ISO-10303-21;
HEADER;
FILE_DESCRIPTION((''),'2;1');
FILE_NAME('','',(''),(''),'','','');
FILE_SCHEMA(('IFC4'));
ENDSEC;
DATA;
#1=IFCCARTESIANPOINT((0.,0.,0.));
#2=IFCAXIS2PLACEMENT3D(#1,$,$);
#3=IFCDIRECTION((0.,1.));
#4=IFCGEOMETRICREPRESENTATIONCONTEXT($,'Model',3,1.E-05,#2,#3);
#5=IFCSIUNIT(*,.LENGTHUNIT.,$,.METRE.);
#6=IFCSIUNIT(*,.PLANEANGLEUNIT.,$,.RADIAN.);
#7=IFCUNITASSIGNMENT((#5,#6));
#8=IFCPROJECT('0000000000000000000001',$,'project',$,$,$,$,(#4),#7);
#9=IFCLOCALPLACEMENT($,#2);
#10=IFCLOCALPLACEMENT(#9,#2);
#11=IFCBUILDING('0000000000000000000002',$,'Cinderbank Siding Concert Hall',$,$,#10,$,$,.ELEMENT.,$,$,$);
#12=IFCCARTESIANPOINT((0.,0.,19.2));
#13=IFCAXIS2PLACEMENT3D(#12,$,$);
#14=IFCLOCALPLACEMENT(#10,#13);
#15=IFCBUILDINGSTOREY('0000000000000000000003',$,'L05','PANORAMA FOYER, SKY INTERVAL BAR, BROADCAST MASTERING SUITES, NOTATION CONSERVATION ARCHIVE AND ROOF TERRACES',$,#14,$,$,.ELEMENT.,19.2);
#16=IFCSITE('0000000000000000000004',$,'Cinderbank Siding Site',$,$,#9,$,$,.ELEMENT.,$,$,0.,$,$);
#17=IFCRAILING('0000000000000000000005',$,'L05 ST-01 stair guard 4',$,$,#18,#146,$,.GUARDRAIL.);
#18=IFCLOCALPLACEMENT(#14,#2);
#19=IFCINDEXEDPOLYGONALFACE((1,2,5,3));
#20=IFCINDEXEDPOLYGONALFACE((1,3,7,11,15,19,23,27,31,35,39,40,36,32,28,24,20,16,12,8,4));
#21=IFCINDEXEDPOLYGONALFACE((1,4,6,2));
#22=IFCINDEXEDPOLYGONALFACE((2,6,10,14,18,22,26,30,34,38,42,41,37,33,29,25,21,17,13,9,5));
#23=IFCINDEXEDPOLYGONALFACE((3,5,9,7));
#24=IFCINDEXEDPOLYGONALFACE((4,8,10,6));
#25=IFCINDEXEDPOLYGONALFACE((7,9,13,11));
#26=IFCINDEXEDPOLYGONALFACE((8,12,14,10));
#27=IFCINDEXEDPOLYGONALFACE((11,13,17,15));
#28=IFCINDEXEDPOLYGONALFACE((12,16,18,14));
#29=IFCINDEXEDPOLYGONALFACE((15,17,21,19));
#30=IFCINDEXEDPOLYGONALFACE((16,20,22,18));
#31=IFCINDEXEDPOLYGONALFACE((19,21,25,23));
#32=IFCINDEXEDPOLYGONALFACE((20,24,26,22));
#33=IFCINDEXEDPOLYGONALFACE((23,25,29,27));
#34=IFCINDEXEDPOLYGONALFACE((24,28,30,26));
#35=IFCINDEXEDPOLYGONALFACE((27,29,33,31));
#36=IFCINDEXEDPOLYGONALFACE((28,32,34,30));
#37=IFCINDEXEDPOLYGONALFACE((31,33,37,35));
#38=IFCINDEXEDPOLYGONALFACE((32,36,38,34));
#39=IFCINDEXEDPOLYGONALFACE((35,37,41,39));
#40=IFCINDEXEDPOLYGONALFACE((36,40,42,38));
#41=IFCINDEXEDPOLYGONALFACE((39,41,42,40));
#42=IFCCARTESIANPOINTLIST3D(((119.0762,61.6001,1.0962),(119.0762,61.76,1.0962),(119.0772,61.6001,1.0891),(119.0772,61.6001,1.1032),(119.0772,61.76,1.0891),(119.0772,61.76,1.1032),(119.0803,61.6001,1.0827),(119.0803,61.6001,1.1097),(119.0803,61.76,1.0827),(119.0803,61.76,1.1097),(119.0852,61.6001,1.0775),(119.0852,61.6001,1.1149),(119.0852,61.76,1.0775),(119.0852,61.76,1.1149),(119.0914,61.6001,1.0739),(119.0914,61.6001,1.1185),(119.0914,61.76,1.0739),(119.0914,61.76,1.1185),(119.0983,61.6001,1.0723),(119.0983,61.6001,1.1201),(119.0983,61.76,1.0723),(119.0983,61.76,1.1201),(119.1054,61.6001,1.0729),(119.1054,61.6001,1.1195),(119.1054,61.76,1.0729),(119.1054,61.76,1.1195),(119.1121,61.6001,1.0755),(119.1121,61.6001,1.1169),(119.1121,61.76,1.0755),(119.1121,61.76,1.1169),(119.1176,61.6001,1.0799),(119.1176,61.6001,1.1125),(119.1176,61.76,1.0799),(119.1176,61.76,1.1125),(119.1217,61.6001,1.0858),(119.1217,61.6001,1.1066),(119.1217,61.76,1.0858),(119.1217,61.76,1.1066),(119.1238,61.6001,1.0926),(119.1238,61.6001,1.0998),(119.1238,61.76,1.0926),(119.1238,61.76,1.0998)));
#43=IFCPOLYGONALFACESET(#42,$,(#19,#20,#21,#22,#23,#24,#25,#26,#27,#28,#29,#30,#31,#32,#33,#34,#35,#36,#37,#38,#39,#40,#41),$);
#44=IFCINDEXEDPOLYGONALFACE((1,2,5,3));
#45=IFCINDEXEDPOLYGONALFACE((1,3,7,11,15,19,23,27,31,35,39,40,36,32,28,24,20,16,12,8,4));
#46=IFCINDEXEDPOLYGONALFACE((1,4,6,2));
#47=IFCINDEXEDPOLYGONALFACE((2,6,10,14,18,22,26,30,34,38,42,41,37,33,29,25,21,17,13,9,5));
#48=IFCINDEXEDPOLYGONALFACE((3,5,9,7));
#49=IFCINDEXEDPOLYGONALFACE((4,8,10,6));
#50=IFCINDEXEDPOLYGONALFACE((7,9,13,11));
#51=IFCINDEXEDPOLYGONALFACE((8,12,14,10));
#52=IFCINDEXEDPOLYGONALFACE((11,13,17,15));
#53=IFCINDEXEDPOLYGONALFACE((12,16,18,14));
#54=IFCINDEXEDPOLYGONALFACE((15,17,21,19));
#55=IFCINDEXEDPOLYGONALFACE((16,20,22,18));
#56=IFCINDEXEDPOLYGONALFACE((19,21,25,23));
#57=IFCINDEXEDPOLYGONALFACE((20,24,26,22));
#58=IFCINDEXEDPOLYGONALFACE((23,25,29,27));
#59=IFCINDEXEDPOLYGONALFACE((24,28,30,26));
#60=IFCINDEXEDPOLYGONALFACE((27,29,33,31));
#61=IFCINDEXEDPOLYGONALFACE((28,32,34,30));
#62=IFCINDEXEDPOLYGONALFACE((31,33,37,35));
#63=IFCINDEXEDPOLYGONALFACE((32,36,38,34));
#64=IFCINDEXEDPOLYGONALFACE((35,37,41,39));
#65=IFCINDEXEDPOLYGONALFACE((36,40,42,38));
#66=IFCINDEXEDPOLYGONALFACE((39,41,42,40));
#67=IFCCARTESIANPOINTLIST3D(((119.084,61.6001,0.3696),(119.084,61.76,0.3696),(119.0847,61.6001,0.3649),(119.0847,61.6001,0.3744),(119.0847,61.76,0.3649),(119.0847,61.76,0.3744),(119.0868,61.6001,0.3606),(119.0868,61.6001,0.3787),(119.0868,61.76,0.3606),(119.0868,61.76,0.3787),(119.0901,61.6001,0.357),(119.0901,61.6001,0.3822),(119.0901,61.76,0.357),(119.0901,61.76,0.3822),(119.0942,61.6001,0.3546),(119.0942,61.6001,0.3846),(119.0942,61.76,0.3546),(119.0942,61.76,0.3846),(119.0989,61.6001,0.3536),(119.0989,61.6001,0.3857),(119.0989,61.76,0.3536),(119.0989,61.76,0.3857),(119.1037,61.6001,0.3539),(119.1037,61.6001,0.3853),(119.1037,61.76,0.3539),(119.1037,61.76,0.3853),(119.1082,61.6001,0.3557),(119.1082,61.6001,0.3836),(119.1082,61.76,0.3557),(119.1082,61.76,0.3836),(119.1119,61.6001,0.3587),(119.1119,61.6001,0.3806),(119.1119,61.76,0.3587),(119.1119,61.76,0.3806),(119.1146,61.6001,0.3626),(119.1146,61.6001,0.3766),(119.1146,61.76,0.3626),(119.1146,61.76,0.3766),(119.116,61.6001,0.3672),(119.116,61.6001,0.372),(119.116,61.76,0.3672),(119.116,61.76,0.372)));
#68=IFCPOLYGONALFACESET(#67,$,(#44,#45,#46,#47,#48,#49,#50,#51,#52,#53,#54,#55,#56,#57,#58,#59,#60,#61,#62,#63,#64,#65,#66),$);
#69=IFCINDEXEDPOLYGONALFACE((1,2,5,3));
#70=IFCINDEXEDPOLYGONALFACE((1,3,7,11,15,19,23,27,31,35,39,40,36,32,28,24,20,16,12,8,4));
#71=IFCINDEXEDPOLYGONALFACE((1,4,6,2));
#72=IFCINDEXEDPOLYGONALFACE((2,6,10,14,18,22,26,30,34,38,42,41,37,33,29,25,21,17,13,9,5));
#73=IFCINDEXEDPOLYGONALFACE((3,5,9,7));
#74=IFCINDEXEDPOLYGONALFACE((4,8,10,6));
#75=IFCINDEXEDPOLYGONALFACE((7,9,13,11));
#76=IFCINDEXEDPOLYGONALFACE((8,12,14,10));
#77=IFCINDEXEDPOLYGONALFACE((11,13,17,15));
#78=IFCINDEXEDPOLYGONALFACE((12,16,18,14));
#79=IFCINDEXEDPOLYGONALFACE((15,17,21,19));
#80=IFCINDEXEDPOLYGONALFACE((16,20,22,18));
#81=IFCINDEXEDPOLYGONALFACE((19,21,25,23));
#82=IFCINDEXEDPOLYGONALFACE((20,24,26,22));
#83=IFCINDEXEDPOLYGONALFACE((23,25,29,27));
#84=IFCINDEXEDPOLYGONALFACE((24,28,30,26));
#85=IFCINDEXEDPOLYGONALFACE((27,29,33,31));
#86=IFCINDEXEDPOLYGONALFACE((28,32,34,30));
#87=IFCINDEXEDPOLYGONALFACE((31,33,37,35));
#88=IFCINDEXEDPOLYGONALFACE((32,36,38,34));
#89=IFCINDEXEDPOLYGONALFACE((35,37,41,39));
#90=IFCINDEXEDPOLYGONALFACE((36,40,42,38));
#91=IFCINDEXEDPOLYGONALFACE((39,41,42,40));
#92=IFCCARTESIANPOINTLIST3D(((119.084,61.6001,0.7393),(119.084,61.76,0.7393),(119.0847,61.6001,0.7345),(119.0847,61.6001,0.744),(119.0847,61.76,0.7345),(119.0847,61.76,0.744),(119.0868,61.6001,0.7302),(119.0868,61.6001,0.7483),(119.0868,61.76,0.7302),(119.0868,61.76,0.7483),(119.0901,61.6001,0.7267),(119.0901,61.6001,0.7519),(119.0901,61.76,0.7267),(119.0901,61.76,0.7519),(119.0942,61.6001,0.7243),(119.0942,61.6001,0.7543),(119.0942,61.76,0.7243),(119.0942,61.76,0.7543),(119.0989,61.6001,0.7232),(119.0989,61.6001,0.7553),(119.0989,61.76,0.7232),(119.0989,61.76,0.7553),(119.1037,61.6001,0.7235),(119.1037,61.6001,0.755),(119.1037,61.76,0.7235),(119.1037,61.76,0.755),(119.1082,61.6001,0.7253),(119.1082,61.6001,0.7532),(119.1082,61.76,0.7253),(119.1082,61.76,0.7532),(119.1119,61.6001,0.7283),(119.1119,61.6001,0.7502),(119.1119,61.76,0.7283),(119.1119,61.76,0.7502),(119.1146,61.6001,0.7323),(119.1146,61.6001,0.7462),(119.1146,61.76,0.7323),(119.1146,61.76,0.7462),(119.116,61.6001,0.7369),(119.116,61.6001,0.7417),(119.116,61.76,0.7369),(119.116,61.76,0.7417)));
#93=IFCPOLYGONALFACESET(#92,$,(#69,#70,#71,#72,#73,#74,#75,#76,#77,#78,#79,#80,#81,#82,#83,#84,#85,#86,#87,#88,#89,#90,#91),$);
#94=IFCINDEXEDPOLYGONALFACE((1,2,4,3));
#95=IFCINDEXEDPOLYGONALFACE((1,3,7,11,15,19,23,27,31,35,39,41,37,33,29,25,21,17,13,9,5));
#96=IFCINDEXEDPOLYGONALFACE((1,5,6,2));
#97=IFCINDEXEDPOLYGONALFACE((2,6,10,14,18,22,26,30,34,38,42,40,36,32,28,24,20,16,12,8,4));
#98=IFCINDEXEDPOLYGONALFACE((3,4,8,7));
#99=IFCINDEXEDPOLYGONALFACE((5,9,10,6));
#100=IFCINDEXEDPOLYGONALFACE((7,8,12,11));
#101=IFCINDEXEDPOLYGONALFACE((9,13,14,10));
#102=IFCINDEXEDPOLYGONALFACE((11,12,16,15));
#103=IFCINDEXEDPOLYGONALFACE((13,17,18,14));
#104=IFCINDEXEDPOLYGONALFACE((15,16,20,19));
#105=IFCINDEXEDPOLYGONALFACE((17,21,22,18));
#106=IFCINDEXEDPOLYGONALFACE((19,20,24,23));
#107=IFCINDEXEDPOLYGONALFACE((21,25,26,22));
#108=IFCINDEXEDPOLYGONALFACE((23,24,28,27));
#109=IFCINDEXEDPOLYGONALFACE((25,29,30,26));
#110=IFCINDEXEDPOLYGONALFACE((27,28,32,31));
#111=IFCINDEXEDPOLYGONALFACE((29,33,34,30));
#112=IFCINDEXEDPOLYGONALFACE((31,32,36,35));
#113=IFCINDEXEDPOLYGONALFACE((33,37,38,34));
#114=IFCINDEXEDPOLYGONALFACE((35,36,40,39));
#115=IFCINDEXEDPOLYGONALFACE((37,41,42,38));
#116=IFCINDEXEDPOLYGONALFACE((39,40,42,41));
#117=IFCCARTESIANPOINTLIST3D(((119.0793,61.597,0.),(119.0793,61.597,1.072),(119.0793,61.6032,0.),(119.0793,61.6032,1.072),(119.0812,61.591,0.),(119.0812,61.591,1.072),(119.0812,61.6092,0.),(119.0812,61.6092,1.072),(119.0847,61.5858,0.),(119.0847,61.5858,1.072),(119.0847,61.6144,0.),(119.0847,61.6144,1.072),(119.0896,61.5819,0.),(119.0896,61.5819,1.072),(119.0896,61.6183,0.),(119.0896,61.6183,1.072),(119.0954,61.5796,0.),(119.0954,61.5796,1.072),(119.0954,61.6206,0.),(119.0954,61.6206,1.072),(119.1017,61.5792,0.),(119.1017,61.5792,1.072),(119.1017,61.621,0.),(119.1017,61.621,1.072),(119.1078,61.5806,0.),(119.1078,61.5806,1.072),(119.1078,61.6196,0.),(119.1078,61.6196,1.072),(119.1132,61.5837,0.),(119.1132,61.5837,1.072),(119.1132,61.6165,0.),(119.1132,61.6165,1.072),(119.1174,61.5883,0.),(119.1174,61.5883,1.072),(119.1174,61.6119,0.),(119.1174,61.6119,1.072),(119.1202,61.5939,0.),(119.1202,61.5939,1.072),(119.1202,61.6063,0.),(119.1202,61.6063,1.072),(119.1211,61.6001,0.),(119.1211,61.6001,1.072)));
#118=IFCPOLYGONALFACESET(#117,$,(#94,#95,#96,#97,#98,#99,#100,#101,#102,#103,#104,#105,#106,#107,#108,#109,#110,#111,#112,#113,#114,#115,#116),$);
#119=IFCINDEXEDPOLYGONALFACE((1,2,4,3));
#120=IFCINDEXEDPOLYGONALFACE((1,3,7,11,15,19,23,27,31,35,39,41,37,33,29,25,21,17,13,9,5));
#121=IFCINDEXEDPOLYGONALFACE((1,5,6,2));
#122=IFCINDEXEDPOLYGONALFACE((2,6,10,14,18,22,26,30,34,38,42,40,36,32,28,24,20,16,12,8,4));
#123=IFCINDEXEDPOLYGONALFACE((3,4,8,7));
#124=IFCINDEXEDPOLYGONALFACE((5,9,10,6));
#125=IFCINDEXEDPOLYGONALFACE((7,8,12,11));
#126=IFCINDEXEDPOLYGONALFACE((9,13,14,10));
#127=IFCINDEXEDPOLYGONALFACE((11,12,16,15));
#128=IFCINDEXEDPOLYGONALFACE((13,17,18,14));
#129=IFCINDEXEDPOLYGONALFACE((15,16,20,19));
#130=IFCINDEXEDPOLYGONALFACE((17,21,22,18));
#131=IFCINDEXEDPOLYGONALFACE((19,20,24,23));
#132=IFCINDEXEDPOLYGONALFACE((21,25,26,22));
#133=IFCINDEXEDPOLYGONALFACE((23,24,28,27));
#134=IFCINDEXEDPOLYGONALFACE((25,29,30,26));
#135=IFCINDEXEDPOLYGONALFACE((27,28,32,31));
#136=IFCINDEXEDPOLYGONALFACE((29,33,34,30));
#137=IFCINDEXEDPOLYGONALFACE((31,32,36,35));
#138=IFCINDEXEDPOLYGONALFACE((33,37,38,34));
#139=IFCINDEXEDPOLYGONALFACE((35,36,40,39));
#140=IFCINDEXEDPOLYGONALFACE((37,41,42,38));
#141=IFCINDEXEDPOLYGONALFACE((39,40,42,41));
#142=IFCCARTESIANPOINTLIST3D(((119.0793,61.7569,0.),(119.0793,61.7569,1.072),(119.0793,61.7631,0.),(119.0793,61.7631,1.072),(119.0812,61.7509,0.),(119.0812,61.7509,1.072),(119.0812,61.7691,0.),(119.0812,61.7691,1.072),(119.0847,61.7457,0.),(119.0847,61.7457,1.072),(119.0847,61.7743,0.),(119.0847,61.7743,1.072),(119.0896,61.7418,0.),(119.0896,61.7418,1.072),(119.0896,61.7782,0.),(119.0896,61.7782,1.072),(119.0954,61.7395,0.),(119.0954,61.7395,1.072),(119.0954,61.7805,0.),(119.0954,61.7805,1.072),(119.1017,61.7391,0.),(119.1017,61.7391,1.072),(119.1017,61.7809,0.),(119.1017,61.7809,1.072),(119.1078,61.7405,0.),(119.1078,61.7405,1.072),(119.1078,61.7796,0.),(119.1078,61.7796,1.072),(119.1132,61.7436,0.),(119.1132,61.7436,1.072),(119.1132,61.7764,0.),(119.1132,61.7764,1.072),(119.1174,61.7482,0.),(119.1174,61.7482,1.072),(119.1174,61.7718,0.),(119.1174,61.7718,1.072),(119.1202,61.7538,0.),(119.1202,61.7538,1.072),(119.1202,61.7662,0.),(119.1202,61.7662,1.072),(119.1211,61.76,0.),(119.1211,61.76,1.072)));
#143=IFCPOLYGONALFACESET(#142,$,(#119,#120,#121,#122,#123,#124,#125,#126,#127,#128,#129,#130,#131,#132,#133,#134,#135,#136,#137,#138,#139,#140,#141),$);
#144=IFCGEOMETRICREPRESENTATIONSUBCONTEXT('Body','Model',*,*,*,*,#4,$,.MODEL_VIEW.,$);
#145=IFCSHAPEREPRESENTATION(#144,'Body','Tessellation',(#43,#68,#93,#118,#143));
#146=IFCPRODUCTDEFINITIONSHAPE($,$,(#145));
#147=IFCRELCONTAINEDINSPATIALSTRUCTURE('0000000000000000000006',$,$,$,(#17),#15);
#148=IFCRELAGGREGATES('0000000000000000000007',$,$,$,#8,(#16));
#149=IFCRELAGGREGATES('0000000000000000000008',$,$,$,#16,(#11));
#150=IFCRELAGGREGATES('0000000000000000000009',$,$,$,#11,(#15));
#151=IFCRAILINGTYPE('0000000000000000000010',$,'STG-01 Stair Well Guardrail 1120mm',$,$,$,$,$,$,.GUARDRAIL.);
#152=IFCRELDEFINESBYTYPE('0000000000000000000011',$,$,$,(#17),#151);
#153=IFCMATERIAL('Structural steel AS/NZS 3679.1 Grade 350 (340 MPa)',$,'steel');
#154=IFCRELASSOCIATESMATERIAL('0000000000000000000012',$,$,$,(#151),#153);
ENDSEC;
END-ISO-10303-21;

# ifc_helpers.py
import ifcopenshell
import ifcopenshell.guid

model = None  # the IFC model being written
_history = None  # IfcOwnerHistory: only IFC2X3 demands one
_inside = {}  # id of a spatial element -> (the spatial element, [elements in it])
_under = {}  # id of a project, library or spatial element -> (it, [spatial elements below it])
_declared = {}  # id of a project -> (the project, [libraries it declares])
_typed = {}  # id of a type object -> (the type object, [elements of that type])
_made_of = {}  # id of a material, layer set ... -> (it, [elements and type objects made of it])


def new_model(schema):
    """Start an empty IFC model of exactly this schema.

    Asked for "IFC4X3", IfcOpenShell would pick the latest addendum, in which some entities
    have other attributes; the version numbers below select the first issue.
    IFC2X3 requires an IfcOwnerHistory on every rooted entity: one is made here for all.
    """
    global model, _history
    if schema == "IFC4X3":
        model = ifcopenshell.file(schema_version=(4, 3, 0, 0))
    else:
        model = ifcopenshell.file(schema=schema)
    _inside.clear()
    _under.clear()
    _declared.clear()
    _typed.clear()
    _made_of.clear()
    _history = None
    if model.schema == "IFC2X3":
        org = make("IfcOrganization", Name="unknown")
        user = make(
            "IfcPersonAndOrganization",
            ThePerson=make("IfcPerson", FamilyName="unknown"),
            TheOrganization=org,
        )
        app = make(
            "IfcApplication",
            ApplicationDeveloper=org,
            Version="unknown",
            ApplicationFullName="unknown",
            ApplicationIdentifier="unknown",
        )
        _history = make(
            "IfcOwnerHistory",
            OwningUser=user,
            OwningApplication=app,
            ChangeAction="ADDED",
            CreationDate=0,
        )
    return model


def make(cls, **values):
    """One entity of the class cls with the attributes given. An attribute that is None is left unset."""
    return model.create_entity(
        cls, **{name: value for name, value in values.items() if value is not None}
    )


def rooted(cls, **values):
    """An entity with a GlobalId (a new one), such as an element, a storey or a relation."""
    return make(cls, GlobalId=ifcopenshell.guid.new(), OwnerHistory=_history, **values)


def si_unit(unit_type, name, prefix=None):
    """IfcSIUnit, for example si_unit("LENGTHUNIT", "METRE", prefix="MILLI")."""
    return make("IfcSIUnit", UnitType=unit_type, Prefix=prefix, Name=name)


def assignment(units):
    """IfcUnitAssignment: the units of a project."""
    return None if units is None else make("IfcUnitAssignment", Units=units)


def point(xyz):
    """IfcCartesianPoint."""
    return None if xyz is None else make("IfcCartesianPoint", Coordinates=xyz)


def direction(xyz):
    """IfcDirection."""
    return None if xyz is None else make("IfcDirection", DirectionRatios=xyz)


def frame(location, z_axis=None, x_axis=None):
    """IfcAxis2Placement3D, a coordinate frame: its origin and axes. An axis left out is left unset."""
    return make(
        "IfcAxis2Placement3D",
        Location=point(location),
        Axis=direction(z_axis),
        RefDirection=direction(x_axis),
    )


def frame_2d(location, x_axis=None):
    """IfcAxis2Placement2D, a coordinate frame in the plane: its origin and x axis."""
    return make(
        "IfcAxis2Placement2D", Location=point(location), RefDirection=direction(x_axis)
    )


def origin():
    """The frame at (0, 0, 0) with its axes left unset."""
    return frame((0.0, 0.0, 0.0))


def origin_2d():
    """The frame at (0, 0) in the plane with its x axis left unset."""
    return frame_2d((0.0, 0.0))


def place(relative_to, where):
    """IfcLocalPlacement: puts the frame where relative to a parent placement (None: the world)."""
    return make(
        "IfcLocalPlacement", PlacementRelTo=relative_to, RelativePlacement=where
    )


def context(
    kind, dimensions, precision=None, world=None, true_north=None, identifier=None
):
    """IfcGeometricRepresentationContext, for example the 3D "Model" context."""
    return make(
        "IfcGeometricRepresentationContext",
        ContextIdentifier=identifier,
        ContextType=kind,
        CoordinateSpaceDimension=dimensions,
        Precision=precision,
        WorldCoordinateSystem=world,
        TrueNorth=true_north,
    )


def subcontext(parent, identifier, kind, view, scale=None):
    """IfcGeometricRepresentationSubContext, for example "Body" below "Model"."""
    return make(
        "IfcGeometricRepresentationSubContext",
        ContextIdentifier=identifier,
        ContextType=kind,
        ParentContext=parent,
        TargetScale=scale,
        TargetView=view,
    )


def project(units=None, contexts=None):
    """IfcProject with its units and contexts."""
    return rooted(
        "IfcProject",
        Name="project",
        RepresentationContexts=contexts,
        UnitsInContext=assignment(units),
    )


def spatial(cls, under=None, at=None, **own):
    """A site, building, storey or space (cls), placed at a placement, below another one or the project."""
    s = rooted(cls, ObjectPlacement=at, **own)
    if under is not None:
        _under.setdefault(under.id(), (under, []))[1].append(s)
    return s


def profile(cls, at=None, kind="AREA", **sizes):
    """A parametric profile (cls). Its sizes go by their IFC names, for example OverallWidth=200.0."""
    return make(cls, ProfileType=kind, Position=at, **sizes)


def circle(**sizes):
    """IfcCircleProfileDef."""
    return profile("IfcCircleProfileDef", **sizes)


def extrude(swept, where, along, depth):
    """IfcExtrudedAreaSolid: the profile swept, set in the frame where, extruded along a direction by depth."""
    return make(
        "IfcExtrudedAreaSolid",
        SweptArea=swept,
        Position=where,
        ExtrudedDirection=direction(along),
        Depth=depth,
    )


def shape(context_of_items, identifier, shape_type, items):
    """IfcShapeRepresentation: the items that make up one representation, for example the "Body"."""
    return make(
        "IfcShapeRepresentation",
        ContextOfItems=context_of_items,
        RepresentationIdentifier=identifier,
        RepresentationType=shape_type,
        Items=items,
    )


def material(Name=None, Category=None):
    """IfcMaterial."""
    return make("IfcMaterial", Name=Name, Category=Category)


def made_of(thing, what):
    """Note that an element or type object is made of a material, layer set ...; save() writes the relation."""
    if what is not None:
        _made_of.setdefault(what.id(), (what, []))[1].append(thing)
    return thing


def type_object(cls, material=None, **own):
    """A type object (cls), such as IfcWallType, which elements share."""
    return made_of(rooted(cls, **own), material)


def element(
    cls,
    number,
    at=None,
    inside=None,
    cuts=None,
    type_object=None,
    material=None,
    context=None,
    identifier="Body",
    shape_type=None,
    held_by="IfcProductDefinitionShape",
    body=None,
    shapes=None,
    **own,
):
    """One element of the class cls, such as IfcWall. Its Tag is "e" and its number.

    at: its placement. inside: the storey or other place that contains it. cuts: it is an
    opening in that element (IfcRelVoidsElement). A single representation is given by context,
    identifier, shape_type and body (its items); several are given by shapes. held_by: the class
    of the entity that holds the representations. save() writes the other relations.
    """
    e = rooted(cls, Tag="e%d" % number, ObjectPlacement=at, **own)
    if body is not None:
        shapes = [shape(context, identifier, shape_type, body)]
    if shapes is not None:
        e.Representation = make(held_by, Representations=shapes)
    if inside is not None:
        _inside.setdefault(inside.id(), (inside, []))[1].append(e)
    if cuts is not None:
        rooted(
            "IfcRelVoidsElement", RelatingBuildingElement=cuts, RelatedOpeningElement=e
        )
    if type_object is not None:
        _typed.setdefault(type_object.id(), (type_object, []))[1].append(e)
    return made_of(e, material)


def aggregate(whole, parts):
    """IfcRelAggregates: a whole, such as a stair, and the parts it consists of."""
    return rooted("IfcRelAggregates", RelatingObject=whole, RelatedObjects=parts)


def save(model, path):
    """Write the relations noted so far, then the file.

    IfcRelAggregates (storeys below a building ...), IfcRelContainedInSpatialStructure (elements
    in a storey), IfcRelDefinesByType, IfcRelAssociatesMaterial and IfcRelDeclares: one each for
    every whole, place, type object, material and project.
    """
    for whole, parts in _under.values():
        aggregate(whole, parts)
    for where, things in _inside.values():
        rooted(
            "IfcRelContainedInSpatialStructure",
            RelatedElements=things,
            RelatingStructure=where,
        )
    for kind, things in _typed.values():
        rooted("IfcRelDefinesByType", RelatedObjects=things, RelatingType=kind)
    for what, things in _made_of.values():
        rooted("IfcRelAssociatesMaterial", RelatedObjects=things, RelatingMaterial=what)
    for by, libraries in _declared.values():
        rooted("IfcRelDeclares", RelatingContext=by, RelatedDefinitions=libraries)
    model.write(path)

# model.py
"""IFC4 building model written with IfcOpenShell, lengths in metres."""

from ifc_helpers import new_model, si_unit, direction, frame, origin, origin_2d, place, context, subcontext, project, spatial, circle, extrude, material, type_object, element, save


model = new_model("IFC4")

# Units and contexts
model_context = context("Model", 3, precision=1e-05, world=origin(), true_north=direction((0.0, 1.0)))
body_context = subcontext(model_context, "Body", "Model", "MODEL_VIEW")
ifc_project = project(units=[si_unit("LENGTHUNIT", "METRE"), si_unit("PLANEANGLEUNIT", "RADIAN")], contexts=[model_context])

# Site, building, storey
site_placement = place(None, origin())
site = spatial("IfcSite", under=ifc_project, at=site_placement, Name="Cinderbank Siding Site", CompositionType="ELEMENT", RefElevation=0.0)
building_placement = place(site_placement, origin())
building = spatial("IfcBuilding", under=site, at=building_placement, Name="Cinderbank Siding Concert Hall", CompositionType="ELEMENT")
storey_placement = place(building_placement, frame((0.0, 0.0, 19.2)))
storey = spatial("IfcBuildingStorey", under=building, at=storey_placement, Name="L05", Description="PANORAMA FOYER, SKY INTERVAL BAR, BROADCAST MASTERING SUITES, NOTATION CONSERVATION ARCHIVE AND ROOF TERRACES", CompositionType="ELEMENT", Elevation=19.2)

# Railing
ifc_material_1 = material(Name="Structural steel AS/NZS 3679.1 Grade 350 (340 MPa)", Category="steel")
railing_type_1 = type_object("IfcRailingType", Name="STG-01 Stair Well Guardrail 1120mm", PredefinedType="GUARDRAIL", material=ifc_material_1)
railing_1_placement = place(storey_placement, frame((119.1001, 61.6001, 0.0)))
element("IfcRailing", 1, at=railing_1_placement, inside=storey, type_object=railing_type_1, Name="L05 ST-01 stair guard 4", PredefinedType="GUARDRAIL", context=body_context, shape_type="SweptSolid", body=[
    extrude(circle(Radius=0.0239, at=origin_2d()), frame((0.0, 0.0, 1.0962), z_axis=(0.0, 1.0, 0.0), x_axis=(-1.0, 0.0, 0.0)), (0.0, 0.0, 1.0), 0.1599),
    extrude(circle(Radius=0.0161, at=origin_2d()), frame((0.0, 0.0, 0.3696), z_axis=(0.0, 1.0, 0.0), x_axis=(-1.0, 0.0, 0.0)), (0.0, 0.0, 1.0), 0.1599),
    extrude(circle(Radius=0.0161, at=origin_2d()), frame((0.0, 0.0, 0.7393), z_axis=(0.0, 1.0, 0.0), x_axis=(-1.0, 0.0, 0.0)), (0.0, 0.0, 1.0), 0.1599),
    extrude(circle(Radius=0.021, at=origin_2d()), origin(), (0.0, 0.0, 1.0), 1.072),
    extrude(circle(Radius=0.021, at=origin_2d()), frame((0.0, 0.1599, 0.0)), (0.0, 0.0, 1.0), 1.072),
])

save(model, "model.ifc")
